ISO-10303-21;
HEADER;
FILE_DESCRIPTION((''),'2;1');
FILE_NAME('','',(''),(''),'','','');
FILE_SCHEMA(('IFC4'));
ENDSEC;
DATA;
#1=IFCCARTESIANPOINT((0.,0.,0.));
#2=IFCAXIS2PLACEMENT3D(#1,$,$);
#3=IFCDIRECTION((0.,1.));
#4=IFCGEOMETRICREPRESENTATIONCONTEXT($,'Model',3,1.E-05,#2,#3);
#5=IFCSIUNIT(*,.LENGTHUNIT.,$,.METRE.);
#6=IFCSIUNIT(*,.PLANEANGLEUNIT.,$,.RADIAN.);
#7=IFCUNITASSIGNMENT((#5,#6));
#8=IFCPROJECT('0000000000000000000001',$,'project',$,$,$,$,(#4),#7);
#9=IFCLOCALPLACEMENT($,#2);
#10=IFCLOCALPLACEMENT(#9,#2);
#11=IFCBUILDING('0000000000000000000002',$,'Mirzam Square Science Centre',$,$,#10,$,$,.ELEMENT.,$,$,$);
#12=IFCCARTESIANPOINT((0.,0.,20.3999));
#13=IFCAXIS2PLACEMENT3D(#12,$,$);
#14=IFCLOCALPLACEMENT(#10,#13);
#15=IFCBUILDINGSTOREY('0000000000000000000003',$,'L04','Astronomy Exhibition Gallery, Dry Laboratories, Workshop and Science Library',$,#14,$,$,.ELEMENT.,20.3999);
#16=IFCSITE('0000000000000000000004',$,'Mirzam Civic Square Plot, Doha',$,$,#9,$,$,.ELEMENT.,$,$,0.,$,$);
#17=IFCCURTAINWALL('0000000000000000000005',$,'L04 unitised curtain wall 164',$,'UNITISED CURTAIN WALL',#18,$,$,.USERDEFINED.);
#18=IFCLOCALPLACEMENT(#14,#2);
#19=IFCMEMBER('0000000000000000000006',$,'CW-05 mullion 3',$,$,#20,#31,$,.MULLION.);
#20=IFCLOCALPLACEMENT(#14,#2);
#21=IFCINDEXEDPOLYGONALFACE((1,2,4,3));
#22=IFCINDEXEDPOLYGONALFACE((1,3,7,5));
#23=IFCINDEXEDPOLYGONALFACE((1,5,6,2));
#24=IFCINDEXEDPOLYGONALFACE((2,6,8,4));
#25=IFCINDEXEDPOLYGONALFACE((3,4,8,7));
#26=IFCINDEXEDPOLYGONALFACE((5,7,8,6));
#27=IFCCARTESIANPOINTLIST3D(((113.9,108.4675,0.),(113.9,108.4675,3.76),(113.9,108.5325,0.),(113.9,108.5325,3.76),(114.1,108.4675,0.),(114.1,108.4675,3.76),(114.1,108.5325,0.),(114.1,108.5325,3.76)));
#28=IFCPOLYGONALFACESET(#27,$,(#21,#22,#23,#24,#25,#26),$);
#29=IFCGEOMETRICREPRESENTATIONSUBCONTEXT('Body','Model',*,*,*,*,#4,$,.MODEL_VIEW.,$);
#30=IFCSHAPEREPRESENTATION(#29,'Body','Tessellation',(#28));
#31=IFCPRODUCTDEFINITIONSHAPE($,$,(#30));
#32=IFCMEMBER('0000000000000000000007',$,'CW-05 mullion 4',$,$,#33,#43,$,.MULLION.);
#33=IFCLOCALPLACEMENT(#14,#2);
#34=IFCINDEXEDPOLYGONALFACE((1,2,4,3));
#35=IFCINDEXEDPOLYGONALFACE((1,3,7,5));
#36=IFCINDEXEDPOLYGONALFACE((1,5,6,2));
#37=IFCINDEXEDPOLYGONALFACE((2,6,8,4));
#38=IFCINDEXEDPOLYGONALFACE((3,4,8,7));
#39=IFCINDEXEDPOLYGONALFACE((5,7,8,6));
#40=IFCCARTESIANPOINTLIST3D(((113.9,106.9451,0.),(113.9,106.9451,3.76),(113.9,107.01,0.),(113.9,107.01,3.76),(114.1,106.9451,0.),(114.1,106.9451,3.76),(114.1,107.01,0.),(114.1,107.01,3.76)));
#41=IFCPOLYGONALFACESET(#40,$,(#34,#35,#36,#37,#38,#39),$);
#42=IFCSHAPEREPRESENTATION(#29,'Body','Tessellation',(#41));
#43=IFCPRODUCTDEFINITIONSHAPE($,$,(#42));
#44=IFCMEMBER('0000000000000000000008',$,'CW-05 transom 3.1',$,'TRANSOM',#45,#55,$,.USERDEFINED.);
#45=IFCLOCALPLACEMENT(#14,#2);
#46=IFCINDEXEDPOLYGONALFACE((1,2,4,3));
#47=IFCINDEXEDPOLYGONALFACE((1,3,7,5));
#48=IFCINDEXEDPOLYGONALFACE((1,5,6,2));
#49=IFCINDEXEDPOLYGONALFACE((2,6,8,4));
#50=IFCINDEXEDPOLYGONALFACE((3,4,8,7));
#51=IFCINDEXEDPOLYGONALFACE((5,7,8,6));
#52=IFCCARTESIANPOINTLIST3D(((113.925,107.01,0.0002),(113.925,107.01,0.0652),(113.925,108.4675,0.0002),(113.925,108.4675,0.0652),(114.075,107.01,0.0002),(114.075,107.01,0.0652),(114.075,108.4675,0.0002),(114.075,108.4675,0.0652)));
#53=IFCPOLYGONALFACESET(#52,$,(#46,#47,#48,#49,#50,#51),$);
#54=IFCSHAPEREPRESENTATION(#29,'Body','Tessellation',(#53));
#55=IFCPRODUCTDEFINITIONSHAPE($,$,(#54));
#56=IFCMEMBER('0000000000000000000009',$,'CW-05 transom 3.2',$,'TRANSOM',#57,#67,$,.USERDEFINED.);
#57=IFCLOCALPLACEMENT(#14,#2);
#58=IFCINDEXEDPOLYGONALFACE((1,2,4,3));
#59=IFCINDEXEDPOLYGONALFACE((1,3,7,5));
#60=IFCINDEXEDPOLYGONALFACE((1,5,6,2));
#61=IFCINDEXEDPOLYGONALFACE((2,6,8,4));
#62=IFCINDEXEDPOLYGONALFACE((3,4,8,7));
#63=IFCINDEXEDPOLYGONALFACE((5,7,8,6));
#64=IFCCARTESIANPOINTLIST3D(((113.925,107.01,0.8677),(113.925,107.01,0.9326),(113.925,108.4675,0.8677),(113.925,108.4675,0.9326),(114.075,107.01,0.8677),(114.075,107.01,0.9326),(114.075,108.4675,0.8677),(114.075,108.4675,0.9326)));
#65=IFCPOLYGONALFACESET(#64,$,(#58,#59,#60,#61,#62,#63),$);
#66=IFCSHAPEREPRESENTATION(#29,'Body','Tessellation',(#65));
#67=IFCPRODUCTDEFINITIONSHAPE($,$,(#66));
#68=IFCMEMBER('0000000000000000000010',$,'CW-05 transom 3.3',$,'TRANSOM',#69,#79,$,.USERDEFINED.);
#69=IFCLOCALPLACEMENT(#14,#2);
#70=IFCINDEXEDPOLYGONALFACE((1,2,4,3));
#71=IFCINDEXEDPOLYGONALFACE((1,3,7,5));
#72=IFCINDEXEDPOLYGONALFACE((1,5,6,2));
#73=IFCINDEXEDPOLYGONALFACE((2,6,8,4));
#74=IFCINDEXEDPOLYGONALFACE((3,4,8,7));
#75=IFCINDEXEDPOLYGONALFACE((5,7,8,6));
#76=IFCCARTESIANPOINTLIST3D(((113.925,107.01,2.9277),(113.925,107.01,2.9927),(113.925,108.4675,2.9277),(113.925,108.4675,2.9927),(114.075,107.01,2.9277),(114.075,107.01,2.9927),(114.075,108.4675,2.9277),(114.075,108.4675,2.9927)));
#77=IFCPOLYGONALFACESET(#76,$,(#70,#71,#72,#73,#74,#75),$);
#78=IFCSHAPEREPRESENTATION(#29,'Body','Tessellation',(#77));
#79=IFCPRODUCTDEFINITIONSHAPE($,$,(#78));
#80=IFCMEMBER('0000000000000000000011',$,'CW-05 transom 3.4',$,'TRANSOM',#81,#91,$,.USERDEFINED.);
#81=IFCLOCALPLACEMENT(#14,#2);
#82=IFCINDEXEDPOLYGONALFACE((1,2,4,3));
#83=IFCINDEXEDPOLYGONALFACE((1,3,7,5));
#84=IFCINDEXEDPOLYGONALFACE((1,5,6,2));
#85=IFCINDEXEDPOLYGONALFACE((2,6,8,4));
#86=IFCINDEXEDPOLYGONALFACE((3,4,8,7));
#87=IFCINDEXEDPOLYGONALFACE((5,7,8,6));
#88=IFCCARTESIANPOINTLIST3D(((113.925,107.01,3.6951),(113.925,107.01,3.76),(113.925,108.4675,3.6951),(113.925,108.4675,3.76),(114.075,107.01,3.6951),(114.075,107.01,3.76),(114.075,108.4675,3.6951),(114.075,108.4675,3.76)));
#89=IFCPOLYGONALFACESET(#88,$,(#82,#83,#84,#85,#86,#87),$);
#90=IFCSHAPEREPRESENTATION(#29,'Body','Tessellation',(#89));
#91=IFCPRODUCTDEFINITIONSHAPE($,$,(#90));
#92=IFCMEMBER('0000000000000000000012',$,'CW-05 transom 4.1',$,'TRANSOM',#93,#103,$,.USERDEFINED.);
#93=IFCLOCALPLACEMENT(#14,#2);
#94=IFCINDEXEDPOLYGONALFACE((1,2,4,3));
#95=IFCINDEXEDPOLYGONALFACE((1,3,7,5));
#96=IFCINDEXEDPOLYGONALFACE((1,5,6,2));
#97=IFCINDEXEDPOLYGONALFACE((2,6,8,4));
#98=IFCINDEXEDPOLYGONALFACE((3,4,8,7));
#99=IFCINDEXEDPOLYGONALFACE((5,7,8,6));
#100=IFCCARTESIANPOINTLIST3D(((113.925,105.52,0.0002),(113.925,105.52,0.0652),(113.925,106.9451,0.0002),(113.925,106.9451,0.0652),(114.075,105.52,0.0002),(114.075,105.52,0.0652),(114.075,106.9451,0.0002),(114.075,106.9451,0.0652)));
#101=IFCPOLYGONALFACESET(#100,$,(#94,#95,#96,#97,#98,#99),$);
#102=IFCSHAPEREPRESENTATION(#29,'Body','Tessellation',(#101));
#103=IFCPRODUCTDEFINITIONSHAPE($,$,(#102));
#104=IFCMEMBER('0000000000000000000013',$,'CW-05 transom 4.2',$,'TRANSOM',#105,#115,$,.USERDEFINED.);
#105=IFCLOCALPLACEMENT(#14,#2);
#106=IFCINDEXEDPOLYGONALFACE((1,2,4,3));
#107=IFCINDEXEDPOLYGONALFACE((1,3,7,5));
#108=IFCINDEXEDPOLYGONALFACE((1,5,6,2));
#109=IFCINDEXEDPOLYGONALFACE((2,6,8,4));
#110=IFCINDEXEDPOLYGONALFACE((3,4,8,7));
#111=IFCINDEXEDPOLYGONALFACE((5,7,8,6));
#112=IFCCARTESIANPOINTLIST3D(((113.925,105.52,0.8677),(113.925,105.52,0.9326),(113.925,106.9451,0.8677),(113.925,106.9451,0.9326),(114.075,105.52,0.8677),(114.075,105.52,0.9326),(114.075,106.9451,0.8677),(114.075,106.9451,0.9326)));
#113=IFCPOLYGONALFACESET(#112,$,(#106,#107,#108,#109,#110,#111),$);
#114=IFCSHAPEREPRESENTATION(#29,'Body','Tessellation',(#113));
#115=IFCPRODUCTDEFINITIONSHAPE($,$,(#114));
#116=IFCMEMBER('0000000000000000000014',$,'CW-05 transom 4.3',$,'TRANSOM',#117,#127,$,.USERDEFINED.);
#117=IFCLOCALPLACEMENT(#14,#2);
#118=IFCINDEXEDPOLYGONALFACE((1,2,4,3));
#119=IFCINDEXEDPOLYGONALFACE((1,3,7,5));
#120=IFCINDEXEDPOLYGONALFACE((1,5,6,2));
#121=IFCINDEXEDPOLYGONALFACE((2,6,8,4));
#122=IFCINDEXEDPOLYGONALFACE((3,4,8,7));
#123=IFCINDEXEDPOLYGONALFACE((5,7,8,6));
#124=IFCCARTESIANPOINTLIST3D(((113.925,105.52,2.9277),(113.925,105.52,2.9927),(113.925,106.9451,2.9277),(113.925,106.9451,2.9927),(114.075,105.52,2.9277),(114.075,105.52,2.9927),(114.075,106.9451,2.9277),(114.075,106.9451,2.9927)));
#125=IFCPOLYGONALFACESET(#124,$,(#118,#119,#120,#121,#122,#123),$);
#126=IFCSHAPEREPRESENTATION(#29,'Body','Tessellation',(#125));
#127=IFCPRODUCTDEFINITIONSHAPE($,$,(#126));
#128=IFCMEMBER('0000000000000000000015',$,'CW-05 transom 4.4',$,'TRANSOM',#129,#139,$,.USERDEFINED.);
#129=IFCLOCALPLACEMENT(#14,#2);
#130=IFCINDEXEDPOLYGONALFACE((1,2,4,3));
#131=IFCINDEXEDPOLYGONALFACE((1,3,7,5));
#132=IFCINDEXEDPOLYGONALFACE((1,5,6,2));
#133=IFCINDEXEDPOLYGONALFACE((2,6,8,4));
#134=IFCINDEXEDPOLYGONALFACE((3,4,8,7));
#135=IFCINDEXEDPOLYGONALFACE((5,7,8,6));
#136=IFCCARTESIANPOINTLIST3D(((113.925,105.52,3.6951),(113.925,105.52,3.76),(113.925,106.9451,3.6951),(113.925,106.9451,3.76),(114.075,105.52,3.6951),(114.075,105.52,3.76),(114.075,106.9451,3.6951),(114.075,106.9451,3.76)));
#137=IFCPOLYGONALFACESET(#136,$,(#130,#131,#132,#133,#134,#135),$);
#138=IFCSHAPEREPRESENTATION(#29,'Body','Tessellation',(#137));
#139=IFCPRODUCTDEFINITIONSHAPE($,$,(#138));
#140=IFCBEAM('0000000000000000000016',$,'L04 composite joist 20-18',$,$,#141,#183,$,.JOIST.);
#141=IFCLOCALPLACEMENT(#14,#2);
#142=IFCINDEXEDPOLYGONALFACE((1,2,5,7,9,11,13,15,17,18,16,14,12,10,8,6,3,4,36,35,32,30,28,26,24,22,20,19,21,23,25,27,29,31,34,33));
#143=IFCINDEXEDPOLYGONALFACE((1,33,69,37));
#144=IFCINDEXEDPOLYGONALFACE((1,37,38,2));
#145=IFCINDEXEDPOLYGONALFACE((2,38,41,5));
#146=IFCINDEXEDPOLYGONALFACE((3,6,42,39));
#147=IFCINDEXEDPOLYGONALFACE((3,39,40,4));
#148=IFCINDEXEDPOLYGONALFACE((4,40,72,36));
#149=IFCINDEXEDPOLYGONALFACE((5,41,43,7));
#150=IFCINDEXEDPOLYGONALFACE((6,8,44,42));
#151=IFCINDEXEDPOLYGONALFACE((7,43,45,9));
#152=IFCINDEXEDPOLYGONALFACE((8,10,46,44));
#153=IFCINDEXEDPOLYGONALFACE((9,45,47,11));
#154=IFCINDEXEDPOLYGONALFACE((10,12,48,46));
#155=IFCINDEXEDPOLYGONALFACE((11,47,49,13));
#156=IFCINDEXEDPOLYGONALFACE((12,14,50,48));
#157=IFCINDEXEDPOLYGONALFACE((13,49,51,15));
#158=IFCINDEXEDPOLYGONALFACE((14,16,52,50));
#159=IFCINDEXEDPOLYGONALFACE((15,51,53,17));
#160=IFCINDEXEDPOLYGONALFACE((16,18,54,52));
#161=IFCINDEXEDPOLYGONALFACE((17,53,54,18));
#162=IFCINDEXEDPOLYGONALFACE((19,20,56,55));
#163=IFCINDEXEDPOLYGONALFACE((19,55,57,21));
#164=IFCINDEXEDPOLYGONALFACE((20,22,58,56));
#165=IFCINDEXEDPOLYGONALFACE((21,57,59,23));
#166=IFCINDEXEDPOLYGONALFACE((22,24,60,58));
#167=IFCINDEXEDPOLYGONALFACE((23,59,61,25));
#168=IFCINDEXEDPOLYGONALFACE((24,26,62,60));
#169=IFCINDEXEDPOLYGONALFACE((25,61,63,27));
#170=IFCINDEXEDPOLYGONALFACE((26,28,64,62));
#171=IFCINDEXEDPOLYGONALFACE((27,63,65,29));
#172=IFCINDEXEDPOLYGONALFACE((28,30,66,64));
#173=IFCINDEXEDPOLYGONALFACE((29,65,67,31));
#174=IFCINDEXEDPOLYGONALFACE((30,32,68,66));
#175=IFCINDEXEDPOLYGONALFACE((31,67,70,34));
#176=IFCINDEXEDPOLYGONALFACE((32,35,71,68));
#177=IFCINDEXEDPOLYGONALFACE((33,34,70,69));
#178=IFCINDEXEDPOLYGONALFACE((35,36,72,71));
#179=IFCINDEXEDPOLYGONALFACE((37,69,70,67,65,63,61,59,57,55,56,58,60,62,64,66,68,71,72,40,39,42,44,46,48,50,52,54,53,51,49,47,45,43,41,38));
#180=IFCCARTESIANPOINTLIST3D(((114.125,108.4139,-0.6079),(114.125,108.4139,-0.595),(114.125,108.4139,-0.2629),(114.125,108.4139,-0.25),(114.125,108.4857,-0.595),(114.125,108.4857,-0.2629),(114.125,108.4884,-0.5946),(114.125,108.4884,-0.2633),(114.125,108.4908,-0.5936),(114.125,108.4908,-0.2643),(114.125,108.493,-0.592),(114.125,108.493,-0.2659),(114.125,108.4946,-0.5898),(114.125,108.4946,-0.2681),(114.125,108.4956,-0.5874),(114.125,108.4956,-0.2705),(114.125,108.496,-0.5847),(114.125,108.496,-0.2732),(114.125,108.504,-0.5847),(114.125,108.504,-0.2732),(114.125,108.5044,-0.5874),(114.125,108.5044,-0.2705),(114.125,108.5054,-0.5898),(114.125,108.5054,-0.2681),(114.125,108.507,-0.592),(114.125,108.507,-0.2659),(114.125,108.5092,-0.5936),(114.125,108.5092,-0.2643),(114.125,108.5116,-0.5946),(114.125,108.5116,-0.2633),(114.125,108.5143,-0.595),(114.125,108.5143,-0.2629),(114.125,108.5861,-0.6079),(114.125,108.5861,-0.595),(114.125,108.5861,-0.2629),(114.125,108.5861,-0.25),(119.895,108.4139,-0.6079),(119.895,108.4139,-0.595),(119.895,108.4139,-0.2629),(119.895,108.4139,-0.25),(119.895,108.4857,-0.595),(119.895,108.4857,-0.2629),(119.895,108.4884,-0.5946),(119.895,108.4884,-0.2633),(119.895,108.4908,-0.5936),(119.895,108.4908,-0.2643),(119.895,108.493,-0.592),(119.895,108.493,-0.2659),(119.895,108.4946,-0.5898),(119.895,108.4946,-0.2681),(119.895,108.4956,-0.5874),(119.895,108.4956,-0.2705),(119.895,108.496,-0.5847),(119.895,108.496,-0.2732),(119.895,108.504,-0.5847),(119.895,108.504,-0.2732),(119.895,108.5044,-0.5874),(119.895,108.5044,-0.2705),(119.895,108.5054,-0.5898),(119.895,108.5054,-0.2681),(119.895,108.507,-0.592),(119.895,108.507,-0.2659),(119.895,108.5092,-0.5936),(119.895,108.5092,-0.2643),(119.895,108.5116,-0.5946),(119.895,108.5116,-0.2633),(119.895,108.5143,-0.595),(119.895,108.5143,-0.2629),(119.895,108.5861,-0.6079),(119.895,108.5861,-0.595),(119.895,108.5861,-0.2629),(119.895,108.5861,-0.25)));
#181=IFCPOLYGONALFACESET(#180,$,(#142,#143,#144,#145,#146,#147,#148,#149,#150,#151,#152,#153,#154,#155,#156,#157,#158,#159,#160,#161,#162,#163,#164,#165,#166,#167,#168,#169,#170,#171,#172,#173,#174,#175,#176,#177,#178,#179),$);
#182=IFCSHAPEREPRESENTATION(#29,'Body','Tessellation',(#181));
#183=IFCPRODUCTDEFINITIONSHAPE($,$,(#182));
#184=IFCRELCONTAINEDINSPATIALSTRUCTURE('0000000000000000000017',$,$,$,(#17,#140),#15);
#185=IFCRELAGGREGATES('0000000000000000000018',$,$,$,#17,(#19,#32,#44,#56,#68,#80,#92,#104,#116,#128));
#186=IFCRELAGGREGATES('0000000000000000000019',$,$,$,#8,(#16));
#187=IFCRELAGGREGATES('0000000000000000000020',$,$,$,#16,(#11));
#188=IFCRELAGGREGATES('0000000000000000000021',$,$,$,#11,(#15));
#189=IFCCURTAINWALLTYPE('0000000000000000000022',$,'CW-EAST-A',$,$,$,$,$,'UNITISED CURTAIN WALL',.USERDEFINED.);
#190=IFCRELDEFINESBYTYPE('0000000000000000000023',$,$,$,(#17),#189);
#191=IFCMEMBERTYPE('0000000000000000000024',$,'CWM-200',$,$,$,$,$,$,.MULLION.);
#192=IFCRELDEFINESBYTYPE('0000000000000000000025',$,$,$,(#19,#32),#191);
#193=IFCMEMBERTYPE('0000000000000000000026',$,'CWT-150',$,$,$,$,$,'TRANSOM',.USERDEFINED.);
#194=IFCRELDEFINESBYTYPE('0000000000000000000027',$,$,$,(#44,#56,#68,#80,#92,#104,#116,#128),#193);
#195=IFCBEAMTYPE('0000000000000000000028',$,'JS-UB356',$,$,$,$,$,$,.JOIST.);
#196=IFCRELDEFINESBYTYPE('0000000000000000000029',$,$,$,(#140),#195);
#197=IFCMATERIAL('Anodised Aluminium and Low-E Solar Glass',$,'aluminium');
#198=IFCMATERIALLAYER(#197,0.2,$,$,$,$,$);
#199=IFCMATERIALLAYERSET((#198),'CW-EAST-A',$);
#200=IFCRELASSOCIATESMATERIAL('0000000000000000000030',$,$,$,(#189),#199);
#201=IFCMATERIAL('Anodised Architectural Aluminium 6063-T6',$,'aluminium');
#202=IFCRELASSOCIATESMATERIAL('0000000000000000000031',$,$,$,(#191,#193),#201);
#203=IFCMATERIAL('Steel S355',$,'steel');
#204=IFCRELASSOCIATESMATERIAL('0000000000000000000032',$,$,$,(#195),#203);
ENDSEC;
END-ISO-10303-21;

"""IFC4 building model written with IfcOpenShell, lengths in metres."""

from ifc_helpers import new_model, si_unit, direction, frame, origin, origin_2d, place, context, subcontext, project, spatial, rectangle, i_section, extrude, material, layer, layer_set, material_profile, profile_set, type_object, element, aggregate, save


model = new_model("IFC4")

# Units and contexts
model_context = context("Model", 3, precision=1e-05, world=origin(), true_north=direction((0.0, 1.0)))
body_context = subcontext(model_context, "Body", "Model", "MODEL_VIEW")
ifc_project = project(units=[si_unit("LENGTHUNIT", "METRE"), si_unit("PLANEANGLEUNIT", "RADIAN")], contexts=[model_context])

# Site, building, storey
site_placement = place(None, origin())
site = spatial("IfcSite", under=ifc_project, at=site_placement, Name="Mirzam Civic Square Plot, Doha", CompositionType="ELEMENT", RefElevation=0.0)
building_placement = place(site_placement, origin())
building = spatial("IfcBuilding", under=site, at=building_placement, Name="Mirzam Square Science Centre", CompositionType="ELEMENT")
storey_placement = place(building_placement, frame((0.0, 0.0, 20.3999)))
storey = spatial("IfcBuildingStorey", under=building, at=storey_placement, Name="L04", Description="Astronomy Exhibition Gallery, Dry Laboratories, Workshop and Science Library", CompositionType="ELEMENT", Elevation=20.3999)

# Curtain wall, members
ifc_material_1 = material(Name="Anodised Aluminium and Low-E Solar Glass", Category="aluminium")
ifc_layer_1 = layer(ifc_material_1, 0.2)
ifc_layer_set_1 = layer_set([ifc_layer_1], Name="CW-EAST-A")
curtain_wall_type = type_object("IfcCurtainWallType", Name="CW-EAST-A", ElementType="UNITISED CURTAIN WALL", PredefinedType="USERDEFINED", material=ifc_layer_set_1)
curtain_wall_placement = place(storey_placement, origin())
curtain_wall = element("IfcCurtainWall", 1, at=curtain_wall_placement, inside=storey, type_object=curtain_wall_type, Name="L04 unitised curtain wall 164", ObjectType="UNITISED CURTAIN WALL", PredefinedType="USERDEFINED")
ifc_material_2 = material(Name="Anodised Architectural Aluminium 6063-T6", Category="aluminium")
ifc_material_profile_1 = material_profile(ifc_material_2, rectangle(XDim=0.0649, YDim=0.2, at=origin_2d()), Name="ALU-MULL-200x65x5")
ifc_profile_set_1 = profile_set([ifc_material_profile_1], Name="Anodised Architectural Aluminium 6063-T6")
member_type_1 = type_object("IfcMemberType", Name="CWM-200", PredefinedType="MULLION", material=ifc_profile_set_1)
member_1_placement = place(storey_placement, frame((114.0, 108.5, 0.0), z_axis=(0.0, 0.0, 1.0), x_axis=(0.0, -1.0, 0.0)))
member_1 = element("IfcMember", 2, at=member_1_placement, type_object=member_type_1, Name="CW-05 mullion 3", PredefinedType="MULLION", context=body_context, shape_type="SweptSolid", body=[
    extrude(rectangle(XDim=0.0649, YDim=0.2, at=origin_2d()), origin(), (0.0, 0.0, 1.0), 3.76),
])
member_2_placement = place(storey_placement, frame((114.0, 106.9775, 0.0), z_axis=(0.0, 0.0, 1.0), x_axis=(0.0, -1.0, 0.0)))
member_2 = element("IfcMember", 3, at=member_2_placement, type_object=member_type_1, Name="CW-05 mullion 4", PredefinedType="MULLION", context=body_context, shape_type="SweptSolid", body=[
    extrude(rectangle(XDim=0.0649, YDim=0.2, at=origin_2d()), origin(), (0.0, 0.0, 1.0), 3.76),
])
ifc_material_profile_2 = material_profile(ifc_material_2, rectangle(XDim=0.1499, YDim=0.0649, at=origin_2d()), Name="ALU-TRAN-150x65x4")
ifc_profile_set_2 = profile_set([ifc_material_profile_2], Name="Anodised Architectural Aluminium 6063-T6")
member_type_2 = type_object("IfcMemberType", Name="CWT-150", ElementType="TRANSOM", PredefinedType="USERDEFINED", material=ifc_profile_set_2)
member_3_placement = place(storey_placement, frame((114.0, 108.4675, 0.0327), z_axis=(0.0, -1.0, 0.0), x_axis=(1.0, 0.0, 0.0)))
member_3 = element("IfcMember", 4, at=member_3_placement, type_object=member_type_2, Name="CW-05 transom 3.1", ObjectType="TRANSOM", PredefinedType="USERDEFINED", context=body_context, shape_type="SweptSolid", body=[
    extrude(rectangle(XDim=0.1499, YDim=0.0649, at=origin_2d()), origin(), (0.0, 0.0, 1.0), 1.4575),
])
member_4_placement = place(storey_placement, frame((114.0, 108.4675, 0.9001), z_axis=(0.0, -1.0, 0.0), x_axis=(1.0, 0.0, 0.0)))
member_4 = element("IfcMember", 5, at=member_4_placement, type_object=member_type_2, Name="CW-05 transom 3.2", ObjectType="TRANSOM", PredefinedType="USERDEFINED", context=body_context, shape_type="SweptSolid", body=[
    extrude(rectangle(XDim=0.1499, YDim=0.0649, at=origin_2d()), origin(), (0.0, 0.0, 1.0), 1.4575),
])
member_5_placement = place(storey_placement, frame((114.0, 108.4675, 2.9602), z_axis=(0.0, -1.0, 0.0), x_axis=(1.0, 0.0, 0.0)))
member_5 = element("IfcMember", 6, at=member_5_placement, type_object=member_type_2, Name="CW-05 transom 3.3", ObjectType="TRANSOM", PredefinedType="USERDEFINED", context=body_context, shape_type="SweptSolid", body=[
    extrude(rectangle(XDim=0.1499, YDim=0.0649, at=origin_2d()), origin(), (0.0, 0.0, 1.0), 1.4575),
])
member_6_placement = place(storey_placement, frame((114.0, 108.4675, 3.7275), z_axis=(0.0, -1.0, 0.0), x_axis=(1.0, 0.0, 0.0)))
member_6 = element("IfcMember", 7, at=member_6_placement, type_object=member_type_2, Name="CW-05 transom 3.4", ObjectType="TRANSOM", PredefinedType="USERDEFINED", context=body_context, shape_type="SweptSolid", body=[
    extrude(rectangle(XDim=0.1499, YDim=0.0649, at=origin_2d()), origin(), (0.0, 0.0, 1.0), 1.4575),
])
member_7_placement = place(storey_placement, frame((114.0, 106.9451, 0.0327), z_axis=(0.0, -1.0, 0.0), x_axis=(1.0, 0.0, 0.0)))
member_7 = element("IfcMember", 8, at=member_7_placement, type_object=member_type_2, Name="CW-05 transom 4.1", ObjectType="TRANSOM", PredefinedType="USERDEFINED", context=body_context, shape_type="SweptSolid", body=[
    extrude(rectangle(XDim=0.1499, YDim=0.0649, at=origin_2d()), origin(), (0.0, 0.0, 1.0), 1.425),
])
member_8_placement = place(storey_placement, frame((114.0, 106.9451, 0.9001), z_axis=(0.0, -1.0, 0.0), x_axis=(1.0, 0.0, 0.0)))
member_8 = element("IfcMember", 9, at=member_8_placement, type_object=member_type_2, Name="CW-05 transom 4.2", ObjectType="TRANSOM", PredefinedType="USERDEFINED", context=body_context, shape_type="SweptSolid", body=[
    extrude(rectangle(XDim=0.1499, YDim=0.0649, at=origin_2d()), origin(), (0.0, 0.0, 1.0), 1.425),
])
member_9_placement = place(storey_placement, frame((114.0, 106.9451, 2.9602), z_axis=(0.0, -1.0, 0.0), x_axis=(1.0, 0.0, 0.0)))
member_9 = element("IfcMember", 10, at=member_9_placement, type_object=member_type_2, Name="CW-05 transom 4.3", ObjectType="TRANSOM", PredefinedType="USERDEFINED", context=body_context, shape_type="SweptSolid", body=[
    extrude(rectangle(XDim=0.1499, YDim=0.0649, at=origin_2d()), origin(), (0.0, 0.0, 1.0), 1.425),
])
member_10_placement = place(storey_placement, frame((114.0, 106.9451, 3.7275), z_axis=(0.0, -1.0, 0.0), x_axis=(1.0, 0.0, 0.0)))
member_10 = element("IfcMember", 11, at=member_10_placement, type_object=member_type_2, Name="CW-05 transom 4.4", ObjectType="TRANSOM", PredefinedType="USERDEFINED", context=body_context, shape_type="SweptSolid", body=[
    extrude(rectangle(XDim=0.1499, YDim=0.0649, at=origin_2d()), origin(), (0.0, 0.0, 1.0), 1.425),
])

# Beam
ifc_material_3 = material(Name="Steel S355", Category="steel")
ifc_material_profile_3 = material_profile(ifc_material_3, i_section(OverallWidth=0.1721, OverallDepth=0.3579, WebThickness=0.0081, FlangeThickness=0.0129, FilletRadius=0.0103, at=origin_2d()), Name="356x171x57UB")
ifc_profile_set_3 = profile_set([ifc_material_profile_3], Name="Steel S355")
beam_type = type_object("IfcBeamType", Name="JS-UB356", PredefinedType="JOIST", material=ifc_profile_set_3)
beam_placement = place(storey_placement, frame((114.125, 108.5, -0.429), z_axis=(1.0, 0.0, 0.0), x_axis=(0.0, 1.0, 0.0)))
element("IfcBeam", 12, at=beam_placement, inside=storey, type_object=beam_type, Name="L04 composite joist 20-18", PredefinedType="JOIST", context=body_context, shape_type="SweptSolid", body=[
    extrude(i_section(OverallWidth=0.1721, OverallDepth=0.3579, WebThickness=0.0081, FlangeThickness=0.0129, FilletRadius=0.0103, at=origin_2d()), origin(), (0.0, 0.0, 1.0), 5.77),
])

aggregate(curtain_wall, [member_1, member_2, member_3, member_4, member_5, member_6, member_7, member_8, member_9, member_10])

save(model, "model.ifc")
